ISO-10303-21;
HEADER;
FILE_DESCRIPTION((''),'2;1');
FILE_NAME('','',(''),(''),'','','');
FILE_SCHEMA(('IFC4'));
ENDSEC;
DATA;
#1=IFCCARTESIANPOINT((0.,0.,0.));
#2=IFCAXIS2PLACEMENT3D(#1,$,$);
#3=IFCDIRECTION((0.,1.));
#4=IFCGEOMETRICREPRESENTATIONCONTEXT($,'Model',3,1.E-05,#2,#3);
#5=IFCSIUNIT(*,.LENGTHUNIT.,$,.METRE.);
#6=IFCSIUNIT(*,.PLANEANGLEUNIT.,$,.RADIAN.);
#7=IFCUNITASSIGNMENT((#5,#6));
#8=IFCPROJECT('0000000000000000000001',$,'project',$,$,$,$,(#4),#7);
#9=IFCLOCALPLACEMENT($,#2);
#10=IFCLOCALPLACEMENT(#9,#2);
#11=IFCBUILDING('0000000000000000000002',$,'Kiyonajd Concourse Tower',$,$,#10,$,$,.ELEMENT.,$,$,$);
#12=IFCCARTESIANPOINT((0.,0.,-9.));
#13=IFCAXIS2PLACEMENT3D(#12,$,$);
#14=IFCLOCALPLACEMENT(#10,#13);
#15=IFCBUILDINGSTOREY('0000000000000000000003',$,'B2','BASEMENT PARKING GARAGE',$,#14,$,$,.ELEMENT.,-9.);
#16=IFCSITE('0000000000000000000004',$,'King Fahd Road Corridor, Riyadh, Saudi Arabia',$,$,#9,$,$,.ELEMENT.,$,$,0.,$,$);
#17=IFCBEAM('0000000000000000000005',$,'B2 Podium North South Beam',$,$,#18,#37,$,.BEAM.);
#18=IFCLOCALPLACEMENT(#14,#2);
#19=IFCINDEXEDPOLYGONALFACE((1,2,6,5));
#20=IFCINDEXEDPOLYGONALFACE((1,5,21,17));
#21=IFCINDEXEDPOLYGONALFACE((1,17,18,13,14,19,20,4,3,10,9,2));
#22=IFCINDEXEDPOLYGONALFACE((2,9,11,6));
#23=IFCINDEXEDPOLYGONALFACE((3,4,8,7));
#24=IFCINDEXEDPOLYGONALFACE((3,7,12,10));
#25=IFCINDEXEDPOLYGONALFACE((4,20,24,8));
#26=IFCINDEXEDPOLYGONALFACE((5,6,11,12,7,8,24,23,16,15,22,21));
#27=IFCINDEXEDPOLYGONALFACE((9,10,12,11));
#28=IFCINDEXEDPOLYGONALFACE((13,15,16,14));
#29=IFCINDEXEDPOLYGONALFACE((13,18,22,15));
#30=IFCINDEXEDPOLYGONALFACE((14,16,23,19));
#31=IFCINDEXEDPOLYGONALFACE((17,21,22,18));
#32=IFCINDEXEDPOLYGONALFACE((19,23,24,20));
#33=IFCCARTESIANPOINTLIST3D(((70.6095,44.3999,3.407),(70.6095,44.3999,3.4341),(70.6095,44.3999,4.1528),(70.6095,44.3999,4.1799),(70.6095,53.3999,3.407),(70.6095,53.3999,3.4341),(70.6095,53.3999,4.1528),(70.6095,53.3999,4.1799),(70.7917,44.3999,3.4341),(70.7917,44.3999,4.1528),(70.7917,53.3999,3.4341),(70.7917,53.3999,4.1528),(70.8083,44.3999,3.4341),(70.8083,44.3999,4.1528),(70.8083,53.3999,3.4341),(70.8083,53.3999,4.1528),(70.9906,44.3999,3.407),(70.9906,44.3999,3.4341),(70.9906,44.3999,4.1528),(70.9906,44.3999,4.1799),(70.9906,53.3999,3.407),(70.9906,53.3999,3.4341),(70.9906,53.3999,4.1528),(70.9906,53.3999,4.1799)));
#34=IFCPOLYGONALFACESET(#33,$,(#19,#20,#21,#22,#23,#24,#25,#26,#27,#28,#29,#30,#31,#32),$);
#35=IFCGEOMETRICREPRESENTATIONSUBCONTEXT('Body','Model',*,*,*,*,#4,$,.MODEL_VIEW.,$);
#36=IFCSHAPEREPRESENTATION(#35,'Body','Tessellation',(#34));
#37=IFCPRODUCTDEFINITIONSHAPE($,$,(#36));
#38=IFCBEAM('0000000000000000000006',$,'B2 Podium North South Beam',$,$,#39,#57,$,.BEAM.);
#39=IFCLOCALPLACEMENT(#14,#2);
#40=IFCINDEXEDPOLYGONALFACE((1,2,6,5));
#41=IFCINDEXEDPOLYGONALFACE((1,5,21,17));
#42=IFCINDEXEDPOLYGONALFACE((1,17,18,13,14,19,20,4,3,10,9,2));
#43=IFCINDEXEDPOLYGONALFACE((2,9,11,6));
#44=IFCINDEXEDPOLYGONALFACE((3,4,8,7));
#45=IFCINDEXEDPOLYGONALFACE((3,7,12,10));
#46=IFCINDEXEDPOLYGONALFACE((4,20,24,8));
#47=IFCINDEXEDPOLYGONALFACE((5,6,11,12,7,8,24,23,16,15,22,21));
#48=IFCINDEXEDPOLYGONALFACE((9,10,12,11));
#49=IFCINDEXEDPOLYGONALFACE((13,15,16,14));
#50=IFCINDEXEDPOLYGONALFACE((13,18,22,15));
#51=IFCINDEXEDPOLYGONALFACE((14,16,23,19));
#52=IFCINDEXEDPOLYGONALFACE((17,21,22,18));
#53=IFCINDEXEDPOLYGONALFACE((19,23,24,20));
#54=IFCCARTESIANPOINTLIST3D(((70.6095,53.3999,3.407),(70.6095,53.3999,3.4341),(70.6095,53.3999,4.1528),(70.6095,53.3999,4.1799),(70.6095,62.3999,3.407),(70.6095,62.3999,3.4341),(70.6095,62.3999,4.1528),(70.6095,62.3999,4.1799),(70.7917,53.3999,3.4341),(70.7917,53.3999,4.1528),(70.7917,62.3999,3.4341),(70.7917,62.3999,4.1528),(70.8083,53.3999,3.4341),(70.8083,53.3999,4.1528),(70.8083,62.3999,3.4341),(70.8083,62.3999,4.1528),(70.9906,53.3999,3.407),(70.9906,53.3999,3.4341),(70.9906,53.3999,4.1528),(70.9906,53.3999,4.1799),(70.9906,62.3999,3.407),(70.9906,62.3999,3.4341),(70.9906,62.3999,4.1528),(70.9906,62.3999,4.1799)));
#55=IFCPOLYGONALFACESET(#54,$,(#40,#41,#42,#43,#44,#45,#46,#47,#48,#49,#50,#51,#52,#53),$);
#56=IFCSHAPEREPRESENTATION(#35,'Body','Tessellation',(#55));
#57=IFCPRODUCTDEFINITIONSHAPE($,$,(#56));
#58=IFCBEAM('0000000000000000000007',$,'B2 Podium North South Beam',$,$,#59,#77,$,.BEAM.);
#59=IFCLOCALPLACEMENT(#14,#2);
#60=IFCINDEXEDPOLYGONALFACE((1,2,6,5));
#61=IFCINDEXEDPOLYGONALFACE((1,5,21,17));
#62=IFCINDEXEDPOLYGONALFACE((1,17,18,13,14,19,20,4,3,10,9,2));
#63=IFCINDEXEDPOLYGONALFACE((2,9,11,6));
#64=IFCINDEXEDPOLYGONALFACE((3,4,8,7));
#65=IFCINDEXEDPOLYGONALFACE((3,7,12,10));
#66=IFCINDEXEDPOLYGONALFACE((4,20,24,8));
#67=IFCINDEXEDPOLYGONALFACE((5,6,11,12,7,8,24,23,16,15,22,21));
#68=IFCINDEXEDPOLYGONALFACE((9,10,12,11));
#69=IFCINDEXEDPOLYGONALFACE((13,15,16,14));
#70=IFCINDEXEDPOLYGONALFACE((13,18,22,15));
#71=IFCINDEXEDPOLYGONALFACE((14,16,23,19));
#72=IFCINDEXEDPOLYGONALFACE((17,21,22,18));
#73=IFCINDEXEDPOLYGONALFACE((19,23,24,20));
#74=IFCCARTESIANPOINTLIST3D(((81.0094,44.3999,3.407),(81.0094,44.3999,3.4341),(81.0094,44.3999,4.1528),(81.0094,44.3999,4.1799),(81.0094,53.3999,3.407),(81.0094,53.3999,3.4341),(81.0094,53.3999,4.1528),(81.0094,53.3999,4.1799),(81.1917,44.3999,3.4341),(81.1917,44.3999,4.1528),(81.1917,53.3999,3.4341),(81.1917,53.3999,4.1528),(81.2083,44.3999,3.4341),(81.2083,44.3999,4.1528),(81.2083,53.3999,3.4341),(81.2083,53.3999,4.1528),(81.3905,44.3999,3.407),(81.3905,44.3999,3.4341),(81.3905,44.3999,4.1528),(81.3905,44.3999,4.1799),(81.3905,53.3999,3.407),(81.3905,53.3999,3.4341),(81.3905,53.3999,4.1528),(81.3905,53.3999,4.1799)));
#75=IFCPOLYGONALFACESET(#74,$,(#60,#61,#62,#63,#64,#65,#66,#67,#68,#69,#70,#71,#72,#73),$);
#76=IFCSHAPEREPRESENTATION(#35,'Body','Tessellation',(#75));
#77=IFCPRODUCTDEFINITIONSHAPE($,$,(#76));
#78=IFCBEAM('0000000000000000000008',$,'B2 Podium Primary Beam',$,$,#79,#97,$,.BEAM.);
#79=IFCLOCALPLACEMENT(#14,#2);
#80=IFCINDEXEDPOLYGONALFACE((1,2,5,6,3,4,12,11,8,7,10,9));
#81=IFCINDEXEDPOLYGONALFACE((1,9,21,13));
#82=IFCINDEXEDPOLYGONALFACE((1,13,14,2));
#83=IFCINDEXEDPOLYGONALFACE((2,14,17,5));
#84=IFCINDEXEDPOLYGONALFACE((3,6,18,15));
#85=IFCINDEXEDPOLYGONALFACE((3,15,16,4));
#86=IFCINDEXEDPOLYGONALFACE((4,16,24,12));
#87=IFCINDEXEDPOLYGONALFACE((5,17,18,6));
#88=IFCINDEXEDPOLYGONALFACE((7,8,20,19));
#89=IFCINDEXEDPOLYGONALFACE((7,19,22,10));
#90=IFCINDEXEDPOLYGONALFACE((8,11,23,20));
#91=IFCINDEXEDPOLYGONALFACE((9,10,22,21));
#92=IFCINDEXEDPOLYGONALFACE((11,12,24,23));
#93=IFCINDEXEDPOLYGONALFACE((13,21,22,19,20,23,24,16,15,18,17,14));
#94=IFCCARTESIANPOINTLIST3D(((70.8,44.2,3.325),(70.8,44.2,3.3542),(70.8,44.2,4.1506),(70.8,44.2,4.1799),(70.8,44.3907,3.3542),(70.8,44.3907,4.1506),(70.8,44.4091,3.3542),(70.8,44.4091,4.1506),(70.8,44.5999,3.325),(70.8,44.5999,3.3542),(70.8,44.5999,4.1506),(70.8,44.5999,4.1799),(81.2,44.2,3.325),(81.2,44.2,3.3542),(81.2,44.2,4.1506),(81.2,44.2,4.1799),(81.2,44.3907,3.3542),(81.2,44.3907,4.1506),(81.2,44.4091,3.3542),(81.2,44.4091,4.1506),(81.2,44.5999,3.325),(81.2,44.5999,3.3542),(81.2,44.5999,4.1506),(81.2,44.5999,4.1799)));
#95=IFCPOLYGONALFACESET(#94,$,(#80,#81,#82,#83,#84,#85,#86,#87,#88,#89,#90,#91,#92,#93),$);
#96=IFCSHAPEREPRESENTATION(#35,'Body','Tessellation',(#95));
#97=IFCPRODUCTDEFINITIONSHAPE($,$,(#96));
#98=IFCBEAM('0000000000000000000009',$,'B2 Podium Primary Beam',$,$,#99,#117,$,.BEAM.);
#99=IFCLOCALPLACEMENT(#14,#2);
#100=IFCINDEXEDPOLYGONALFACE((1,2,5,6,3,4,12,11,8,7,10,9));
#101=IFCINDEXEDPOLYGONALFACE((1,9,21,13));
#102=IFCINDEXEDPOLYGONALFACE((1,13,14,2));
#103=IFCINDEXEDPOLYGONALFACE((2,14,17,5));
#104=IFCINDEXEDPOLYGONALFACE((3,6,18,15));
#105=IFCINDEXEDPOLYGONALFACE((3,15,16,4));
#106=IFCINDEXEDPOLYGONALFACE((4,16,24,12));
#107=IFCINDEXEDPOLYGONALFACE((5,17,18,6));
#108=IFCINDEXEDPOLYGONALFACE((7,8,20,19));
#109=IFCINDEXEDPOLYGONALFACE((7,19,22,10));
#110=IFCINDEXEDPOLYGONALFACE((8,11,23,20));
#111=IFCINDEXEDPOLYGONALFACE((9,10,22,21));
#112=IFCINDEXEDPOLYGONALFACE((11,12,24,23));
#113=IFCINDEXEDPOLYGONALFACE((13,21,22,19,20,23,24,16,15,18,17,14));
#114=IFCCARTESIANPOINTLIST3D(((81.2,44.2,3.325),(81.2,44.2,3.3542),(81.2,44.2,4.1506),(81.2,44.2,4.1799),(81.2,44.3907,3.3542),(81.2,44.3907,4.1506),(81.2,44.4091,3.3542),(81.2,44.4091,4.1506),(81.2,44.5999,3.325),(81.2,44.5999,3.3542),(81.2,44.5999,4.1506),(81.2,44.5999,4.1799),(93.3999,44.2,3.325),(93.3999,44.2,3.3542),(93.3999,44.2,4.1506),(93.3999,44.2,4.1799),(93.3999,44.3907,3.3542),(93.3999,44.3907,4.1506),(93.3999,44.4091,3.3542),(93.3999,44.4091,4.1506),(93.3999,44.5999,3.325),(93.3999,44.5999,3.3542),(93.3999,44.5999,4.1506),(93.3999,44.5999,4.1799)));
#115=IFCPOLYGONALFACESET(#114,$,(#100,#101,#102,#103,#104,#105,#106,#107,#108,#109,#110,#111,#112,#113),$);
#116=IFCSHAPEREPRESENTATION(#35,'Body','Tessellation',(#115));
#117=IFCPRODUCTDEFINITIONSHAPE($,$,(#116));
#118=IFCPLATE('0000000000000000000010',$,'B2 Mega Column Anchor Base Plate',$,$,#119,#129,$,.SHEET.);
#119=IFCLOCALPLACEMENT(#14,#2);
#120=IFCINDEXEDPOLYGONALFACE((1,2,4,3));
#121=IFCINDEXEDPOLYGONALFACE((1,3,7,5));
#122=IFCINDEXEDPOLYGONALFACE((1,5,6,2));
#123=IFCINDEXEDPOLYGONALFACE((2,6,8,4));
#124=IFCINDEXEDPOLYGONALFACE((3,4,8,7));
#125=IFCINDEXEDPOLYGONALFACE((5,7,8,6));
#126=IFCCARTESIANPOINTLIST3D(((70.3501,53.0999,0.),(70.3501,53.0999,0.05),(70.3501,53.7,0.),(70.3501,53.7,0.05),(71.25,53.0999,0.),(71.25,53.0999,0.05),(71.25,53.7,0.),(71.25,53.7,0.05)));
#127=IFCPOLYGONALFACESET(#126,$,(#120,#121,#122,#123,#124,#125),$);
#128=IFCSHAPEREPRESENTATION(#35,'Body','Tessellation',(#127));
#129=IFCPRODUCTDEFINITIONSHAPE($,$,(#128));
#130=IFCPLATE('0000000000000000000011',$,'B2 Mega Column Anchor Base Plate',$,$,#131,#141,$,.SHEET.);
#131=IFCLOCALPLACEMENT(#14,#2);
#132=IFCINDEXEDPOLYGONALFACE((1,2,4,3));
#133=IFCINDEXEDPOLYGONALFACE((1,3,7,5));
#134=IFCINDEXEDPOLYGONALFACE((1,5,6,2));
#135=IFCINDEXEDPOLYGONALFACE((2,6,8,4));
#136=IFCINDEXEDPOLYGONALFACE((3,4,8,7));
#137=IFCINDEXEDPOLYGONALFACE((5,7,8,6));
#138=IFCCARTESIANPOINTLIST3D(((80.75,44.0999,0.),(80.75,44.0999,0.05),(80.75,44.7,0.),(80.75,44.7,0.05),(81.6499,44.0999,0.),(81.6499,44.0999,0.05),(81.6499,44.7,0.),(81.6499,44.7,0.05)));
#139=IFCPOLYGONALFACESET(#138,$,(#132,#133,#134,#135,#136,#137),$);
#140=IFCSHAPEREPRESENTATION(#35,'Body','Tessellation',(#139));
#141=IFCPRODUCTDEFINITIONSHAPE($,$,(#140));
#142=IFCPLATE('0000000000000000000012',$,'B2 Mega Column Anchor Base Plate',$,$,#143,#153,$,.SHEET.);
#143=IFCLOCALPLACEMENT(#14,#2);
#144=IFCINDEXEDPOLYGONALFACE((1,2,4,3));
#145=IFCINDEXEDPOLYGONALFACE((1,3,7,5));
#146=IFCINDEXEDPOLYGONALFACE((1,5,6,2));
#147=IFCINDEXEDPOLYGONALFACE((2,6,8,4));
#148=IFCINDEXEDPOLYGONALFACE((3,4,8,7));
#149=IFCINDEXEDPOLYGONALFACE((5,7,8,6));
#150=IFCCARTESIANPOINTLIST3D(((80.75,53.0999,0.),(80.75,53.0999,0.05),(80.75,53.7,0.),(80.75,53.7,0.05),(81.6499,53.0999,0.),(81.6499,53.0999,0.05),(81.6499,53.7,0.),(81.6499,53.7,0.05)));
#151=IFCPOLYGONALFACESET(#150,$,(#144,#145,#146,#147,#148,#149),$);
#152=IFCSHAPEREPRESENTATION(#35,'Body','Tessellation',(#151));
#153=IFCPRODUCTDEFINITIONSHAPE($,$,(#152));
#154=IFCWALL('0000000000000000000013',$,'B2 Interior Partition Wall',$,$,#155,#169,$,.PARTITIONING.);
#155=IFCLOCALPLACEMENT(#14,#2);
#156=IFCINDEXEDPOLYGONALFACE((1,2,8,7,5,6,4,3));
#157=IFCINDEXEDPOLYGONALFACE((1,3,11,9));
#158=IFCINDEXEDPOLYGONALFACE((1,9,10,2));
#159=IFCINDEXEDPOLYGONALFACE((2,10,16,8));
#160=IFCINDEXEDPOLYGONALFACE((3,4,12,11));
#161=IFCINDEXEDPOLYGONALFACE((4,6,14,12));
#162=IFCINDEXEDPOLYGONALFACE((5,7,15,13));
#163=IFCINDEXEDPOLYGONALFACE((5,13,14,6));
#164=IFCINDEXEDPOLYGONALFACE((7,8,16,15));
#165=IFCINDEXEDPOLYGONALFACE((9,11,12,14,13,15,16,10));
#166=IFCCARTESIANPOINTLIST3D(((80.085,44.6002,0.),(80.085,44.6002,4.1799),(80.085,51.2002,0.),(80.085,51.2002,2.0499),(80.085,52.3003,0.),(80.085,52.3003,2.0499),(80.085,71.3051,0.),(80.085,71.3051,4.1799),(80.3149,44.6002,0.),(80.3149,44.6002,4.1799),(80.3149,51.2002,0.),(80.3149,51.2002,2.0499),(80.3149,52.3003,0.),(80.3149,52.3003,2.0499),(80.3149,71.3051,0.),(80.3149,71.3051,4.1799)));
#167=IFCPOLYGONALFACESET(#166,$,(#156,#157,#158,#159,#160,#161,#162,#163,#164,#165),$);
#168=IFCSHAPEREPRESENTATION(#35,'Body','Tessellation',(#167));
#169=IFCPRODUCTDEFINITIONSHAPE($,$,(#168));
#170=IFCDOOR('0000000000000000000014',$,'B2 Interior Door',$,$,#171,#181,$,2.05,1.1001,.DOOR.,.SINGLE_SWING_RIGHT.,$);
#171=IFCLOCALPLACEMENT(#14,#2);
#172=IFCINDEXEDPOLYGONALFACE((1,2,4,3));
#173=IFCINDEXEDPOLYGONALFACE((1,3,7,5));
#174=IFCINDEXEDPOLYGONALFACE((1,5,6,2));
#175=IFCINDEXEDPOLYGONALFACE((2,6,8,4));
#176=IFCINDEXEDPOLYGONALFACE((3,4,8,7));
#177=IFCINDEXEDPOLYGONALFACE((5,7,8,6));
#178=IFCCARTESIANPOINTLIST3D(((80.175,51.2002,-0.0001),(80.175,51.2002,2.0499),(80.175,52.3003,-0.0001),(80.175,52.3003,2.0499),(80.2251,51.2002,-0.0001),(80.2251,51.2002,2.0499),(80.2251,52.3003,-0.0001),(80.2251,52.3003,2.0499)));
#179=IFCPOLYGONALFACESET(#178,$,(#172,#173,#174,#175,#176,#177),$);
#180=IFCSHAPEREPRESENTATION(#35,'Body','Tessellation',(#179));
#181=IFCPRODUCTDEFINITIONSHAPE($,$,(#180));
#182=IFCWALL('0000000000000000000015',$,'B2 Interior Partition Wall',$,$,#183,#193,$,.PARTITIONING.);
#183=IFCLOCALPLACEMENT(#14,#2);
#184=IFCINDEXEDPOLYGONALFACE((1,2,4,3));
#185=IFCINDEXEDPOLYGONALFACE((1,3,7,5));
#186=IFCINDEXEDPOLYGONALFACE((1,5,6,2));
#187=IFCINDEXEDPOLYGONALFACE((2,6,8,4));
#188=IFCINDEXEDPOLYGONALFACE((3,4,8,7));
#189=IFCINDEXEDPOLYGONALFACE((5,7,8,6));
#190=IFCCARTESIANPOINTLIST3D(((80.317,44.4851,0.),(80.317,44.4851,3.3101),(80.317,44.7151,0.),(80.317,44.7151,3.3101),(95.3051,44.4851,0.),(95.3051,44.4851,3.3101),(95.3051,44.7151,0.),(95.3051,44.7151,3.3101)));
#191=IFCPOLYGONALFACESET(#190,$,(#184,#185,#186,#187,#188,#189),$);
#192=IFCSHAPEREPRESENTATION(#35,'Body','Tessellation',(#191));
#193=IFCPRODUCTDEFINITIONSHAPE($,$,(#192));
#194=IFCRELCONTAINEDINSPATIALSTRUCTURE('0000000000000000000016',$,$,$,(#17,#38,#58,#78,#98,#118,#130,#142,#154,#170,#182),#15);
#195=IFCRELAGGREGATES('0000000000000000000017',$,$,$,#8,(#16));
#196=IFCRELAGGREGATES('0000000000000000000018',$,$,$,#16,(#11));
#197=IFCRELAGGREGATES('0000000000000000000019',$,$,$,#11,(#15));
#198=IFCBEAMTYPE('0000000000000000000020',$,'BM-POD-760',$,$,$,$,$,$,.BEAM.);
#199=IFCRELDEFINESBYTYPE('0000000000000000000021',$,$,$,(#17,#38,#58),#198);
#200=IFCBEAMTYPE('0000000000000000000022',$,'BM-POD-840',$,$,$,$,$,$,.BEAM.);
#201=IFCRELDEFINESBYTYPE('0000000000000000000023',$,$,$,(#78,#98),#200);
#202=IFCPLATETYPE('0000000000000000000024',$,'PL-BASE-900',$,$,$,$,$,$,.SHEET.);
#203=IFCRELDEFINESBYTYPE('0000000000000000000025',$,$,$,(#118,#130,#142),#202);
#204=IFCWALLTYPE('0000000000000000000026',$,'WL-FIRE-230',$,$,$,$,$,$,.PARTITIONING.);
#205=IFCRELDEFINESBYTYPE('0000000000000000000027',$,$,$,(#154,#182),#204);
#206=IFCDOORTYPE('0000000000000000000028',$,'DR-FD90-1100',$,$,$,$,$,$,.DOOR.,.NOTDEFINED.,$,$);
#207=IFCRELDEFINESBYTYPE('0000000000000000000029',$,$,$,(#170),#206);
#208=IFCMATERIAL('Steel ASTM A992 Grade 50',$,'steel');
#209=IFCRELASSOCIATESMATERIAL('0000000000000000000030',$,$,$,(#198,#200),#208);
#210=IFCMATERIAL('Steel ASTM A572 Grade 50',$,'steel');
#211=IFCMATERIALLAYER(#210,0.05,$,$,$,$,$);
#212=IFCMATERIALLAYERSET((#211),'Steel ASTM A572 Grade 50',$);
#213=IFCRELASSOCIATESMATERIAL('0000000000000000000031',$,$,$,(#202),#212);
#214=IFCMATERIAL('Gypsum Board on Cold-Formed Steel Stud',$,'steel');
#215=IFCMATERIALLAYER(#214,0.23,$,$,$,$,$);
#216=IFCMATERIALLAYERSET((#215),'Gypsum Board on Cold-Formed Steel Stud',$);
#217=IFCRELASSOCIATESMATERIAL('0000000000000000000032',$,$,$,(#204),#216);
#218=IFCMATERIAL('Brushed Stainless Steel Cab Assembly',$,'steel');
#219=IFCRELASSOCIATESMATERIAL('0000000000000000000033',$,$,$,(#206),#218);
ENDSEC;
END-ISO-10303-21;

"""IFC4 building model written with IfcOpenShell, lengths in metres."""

from ifc_helpers import new_model, si_unit, direction, frame, frame_2d, origin, origin_2d, place, context, subcontext, project, spatial, rectangle, i_section, extrude, material, layer, layer_set, material_profile, profile_set, type_object, element, fill, save


model = new_model("IFC4")

# Units and contexts
model_context = context("Model", 3, precision=1e-05, world=origin(), true_north=direction((0.0, 1.0)))
body_context = subcontext(model_context, "Body", "Model", "MODEL_VIEW")
ifc_project = project(units=[si_unit("LENGTHUNIT", "METRE"), si_unit("PLANEANGLEUNIT", "RADIAN")], contexts=[model_context])

# Site, building, storey
site_placement = place(None, origin())
site = spatial("IfcSite", under=ifc_project, at=site_placement, Name="King Fahd Road Corridor, Riyadh, Saudi Arabia", CompositionType="ELEMENT", RefElevation=0.0)
building_placement = place(site_placement, origin())
building = spatial("IfcBuilding", under=site, at=building_placement, Name="Kiyonajd Concourse Tower", CompositionType="ELEMENT")
storey_placement = place(building_placement, frame((0.0, 0.0, -9.0)))
storey = spatial("IfcBuildingStorey", under=building, at=storey_placement, Name="B2", Description="BASEMENT PARKING GARAGE", CompositionType="ELEMENT", Elevation=-9.0)

# Beams
ifc_material_1 = material(Name="Steel ASTM A992 Grade 50", Category="steel")
ifc_material_profile_1 = material_profile(ifc_material_1, i_section(OverallWidth=0.3811, OverallDepth=0.7729, WebThickness=0.0166, FlangeThickness=0.0271, at=origin_2d()), Name="W760X257")
ifc_profile_set_1 = profile_set([ifc_material_profile_1], Name="Steel ASTM A992 Grade 50")
beam_type_1 = type_object("IfcBeamType", Name="BM-POD-760", PredefinedType="BEAM", material=ifc_profile_set_1)
for number, where, z_axis, x_axis, name in (
    (1, (70.8, 44.3999, 3.7935), (0.0, 1.0, 0.0), (-1.0, 0.0, 0.0), "B2 Podium North South Beam"),
    (2, (70.8, 53.3999, 3.7935), (0.0, 1.0, 0.0), (-1.0, 0.0, 0.0), "B2 Podium North South Beam"),
    (3, (81.2, 44.3999, 3.7935), (0.0, 1.0, 0.0), (-1.0, 0.0, 0.0), "B2 Podium North South Beam"),
):
    element("IfcBeam", number, at=place(storey_placement, frame(where, z_axis=z_axis, x_axis=x_axis)), inside=storey, type_object=beam_type_1, Name=name, PredefinedType="BEAM", context=body_context, shape_type="SweptSolid", body=[
        extrude(i_section(OverallWidth=0.3811, OverallDepth=0.7729, WebThickness=0.0166, FlangeThickness=0.0271, at=origin_2d()), origin(), (0.0, 0.0, 1.0), 9.0),
    ])
ifc_material_profile_2 = material_profile(ifc_material_1, i_section(OverallWidth=0.3999, OverallDepth=0.855, WebThickness=0.0183, FlangeThickness=0.0293, at=origin_2d()), Name="W840X299")
ifc_profile_set_2 = profile_set([ifc_material_profile_2], Name="Steel ASTM A992 Grade 50")
beam_type_2 = type_object("IfcBeamType", Name="BM-POD-840", PredefinedType="BEAM", material=ifc_profile_set_2)
beam_1_placement = place(storey_placement, frame((70.8, 44.3999, 3.7524), z_axis=(1.0, 0.0, 0.0), x_axis=(0.0, 1.0, 0.0)))
element("IfcBeam", 4, at=beam_1_placement, inside=storey, type_object=beam_type_2, Name="B2 Podium Primary Beam", PredefinedType="BEAM", context=body_context, shape_type="SweptSolid", body=[
    extrude(i_section(OverallWidth=0.3999, OverallDepth=0.855, WebThickness=0.0183, FlangeThickness=0.0293, at=origin_2d()), origin(), (0.0, 0.0, 1.0), 10.3999),
])
beam_2_placement = place(storey_placement, frame((81.2, 44.3999, 3.7524), z_axis=(1.0, 0.0, 0.0), x_axis=(0.0, 1.0, 0.0)))
element("IfcBeam", 5, at=beam_2_placement, inside=storey, type_object=beam_type_2, Name="B2 Podium Primary Beam", PredefinedType="BEAM", context=body_context, shape_type="SweptSolid", body=[
    extrude(i_section(OverallWidth=0.3999, OverallDepth=0.855, WebThickness=0.0183, FlangeThickness=0.0293, at=origin_2d()), origin(), (0.0, 0.0, 1.0), 12.2),
])

# Plates
ifc_material_2 = material(Name="Steel ASTM A572 Grade 50", Category="steel")
ifc_layer_1 = layer(ifc_material_2, 0.05)
ifc_layer_set_1 = layer_set([ifc_layer_1], Name="Steel ASTM A572 Grade 50")
plate_type = type_object("IfcPlateType", Name="PL-BASE-900", PredefinedType="SHEET", material=ifc_layer_set_1)
for number, where, z_axis, x_axis, name in (
    (6, (70.8, 53.3999, 0.0), (0.0, 0.0, 1.0), (1.0, 0.0, 0.0), "B2 Mega Column Anchor Base Plate"),
    (7, (81.2, 44.3999, 0.0), (0.0, 0.0, 1.0), (1.0, 0.0, 0.0), "B2 Mega Column Anchor Base Plate"),
    (8, (81.2, 53.3999, 0.0), (0.0, 0.0, 1.0), (1.0, 0.0, 0.0), "B2 Mega Column Anchor Base Plate"),
):
    element("IfcPlate", number, at=place(storey_placement, frame(where, z_axis=z_axis, x_axis=x_axis)), inside=storey, type_object=plate_type, Name=name, PredefinedType="SHEET", context=body_context, shape_type="SweptSolid", body=[
        extrude(rectangle(XDim=0.8999, YDim=0.6001, at=origin_2d()), origin(), (0.0, 0.0, 1.0), 0.05),
    ])

# Wall, opening, door
ifc_material_3 = material(Name="Gypsum Board on Cold-Formed Steel Stud", Category="steel")
ifc_layer_2 = layer(ifc_material_3, 0.23)
ifc_layer_set_2 = layer_set([ifc_layer_2], Name="Gypsum Board on Cold-Formed Steel Stud")
wall_type = type_object("IfcWallType", Name="WL-FIRE-230", PredefinedType="PARTITIONING", material=ifc_layer_set_2)
wall_1_placement = place(storey_placement, frame((80.2, 44.6001, 0.0), z_axis=(0.0, 0.0, 1.0), x_axis=(0.0, 1.0, 0.0)))
wall_1 = element("IfcWall", 9, at=wall_1_placement, inside=storey, type_object=wall_type, Name="B2 Interior Partition Wall", PredefinedType="PARTITIONING", context=body_context, shape_type="SweptSolid", body=[
    extrude(rectangle(XDim=26.7048, YDim=0.23, at=frame_2d((13.3525, 0.0))), origin(), (0.0, 0.0, 1.0), 4.1799),
])
opening_placement = place(wall_1_placement, frame((6.6001, 0.0, 0.0)))
opening = element("IfcOpeningElement", 10, at=opening_placement, cuts=wall_1, PredefinedType="OPENING", context=body_context, shape_type="SweptSolid", body=[
    extrude(rectangle(XDim=1.1001, YDim=2.05, at=frame_2d((0.55, 1.0249))), frame((0.0, 0.125, 0.0), z_axis=(0.0, -1.0, 0.0), x_axis=(1.0, 0.0, 0.0)), (0.0, 0.0, 1.0), 0.25),
])
ifc_material_4 = material(Name="Brushed Stainless Steel Cab Assembly", Category="steel")
door_type = type_object("IfcDoorType", Name="DR-FD90-1100", OperationType="NOTDEFINED", PredefinedType="DOOR", material=ifc_material_4)
door_placement = place(opening_placement, origin())
door = element("IfcDoor", 11, at=door_placement, inside=storey, type_object=door_type, Name="B2 Interior Door", OperationType="SINGLE_SWING_RIGHT", OverallHeight=2.05, OverallWidth=1.1001, PredefinedType="DOOR", context=body_context, shape_type="SweptSolid", body=[
    extrude(rectangle(XDim=1.1001, YDim=2.05, at=frame_2d((0.55, 1.0249))), frame((0.0, 0.0249, 0.0), z_axis=(0.0, -1.0, 0.0), x_axis=(1.0, 0.0, 0.0)), (0.0, 0.0, 1.0), 0.05),
])
fill(opening, door)

# Wall
wall_2_placement = place(storey_placement, frame((80.3169, 44.6001, 0.0), z_axis=(0.0, 0.0, 1.0), x_axis=(1.0, 0.0, 0.0)))
element("IfcWall", 12, at=wall_2_placement, inside=storey, type_object=wall_type, Name="B2 Interior Partition Wall", PredefinedType="PARTITIONING", context=body_context, shape_type="SweptSolid", body=[
    extrude(rectangle(XDim=14.988, YDim=0.23, at=frame_2d((7.4941, 0.0))), origin(), (0.0, 0.0, 1.0), 3.3101),
])

save(model, "model.ifc")
